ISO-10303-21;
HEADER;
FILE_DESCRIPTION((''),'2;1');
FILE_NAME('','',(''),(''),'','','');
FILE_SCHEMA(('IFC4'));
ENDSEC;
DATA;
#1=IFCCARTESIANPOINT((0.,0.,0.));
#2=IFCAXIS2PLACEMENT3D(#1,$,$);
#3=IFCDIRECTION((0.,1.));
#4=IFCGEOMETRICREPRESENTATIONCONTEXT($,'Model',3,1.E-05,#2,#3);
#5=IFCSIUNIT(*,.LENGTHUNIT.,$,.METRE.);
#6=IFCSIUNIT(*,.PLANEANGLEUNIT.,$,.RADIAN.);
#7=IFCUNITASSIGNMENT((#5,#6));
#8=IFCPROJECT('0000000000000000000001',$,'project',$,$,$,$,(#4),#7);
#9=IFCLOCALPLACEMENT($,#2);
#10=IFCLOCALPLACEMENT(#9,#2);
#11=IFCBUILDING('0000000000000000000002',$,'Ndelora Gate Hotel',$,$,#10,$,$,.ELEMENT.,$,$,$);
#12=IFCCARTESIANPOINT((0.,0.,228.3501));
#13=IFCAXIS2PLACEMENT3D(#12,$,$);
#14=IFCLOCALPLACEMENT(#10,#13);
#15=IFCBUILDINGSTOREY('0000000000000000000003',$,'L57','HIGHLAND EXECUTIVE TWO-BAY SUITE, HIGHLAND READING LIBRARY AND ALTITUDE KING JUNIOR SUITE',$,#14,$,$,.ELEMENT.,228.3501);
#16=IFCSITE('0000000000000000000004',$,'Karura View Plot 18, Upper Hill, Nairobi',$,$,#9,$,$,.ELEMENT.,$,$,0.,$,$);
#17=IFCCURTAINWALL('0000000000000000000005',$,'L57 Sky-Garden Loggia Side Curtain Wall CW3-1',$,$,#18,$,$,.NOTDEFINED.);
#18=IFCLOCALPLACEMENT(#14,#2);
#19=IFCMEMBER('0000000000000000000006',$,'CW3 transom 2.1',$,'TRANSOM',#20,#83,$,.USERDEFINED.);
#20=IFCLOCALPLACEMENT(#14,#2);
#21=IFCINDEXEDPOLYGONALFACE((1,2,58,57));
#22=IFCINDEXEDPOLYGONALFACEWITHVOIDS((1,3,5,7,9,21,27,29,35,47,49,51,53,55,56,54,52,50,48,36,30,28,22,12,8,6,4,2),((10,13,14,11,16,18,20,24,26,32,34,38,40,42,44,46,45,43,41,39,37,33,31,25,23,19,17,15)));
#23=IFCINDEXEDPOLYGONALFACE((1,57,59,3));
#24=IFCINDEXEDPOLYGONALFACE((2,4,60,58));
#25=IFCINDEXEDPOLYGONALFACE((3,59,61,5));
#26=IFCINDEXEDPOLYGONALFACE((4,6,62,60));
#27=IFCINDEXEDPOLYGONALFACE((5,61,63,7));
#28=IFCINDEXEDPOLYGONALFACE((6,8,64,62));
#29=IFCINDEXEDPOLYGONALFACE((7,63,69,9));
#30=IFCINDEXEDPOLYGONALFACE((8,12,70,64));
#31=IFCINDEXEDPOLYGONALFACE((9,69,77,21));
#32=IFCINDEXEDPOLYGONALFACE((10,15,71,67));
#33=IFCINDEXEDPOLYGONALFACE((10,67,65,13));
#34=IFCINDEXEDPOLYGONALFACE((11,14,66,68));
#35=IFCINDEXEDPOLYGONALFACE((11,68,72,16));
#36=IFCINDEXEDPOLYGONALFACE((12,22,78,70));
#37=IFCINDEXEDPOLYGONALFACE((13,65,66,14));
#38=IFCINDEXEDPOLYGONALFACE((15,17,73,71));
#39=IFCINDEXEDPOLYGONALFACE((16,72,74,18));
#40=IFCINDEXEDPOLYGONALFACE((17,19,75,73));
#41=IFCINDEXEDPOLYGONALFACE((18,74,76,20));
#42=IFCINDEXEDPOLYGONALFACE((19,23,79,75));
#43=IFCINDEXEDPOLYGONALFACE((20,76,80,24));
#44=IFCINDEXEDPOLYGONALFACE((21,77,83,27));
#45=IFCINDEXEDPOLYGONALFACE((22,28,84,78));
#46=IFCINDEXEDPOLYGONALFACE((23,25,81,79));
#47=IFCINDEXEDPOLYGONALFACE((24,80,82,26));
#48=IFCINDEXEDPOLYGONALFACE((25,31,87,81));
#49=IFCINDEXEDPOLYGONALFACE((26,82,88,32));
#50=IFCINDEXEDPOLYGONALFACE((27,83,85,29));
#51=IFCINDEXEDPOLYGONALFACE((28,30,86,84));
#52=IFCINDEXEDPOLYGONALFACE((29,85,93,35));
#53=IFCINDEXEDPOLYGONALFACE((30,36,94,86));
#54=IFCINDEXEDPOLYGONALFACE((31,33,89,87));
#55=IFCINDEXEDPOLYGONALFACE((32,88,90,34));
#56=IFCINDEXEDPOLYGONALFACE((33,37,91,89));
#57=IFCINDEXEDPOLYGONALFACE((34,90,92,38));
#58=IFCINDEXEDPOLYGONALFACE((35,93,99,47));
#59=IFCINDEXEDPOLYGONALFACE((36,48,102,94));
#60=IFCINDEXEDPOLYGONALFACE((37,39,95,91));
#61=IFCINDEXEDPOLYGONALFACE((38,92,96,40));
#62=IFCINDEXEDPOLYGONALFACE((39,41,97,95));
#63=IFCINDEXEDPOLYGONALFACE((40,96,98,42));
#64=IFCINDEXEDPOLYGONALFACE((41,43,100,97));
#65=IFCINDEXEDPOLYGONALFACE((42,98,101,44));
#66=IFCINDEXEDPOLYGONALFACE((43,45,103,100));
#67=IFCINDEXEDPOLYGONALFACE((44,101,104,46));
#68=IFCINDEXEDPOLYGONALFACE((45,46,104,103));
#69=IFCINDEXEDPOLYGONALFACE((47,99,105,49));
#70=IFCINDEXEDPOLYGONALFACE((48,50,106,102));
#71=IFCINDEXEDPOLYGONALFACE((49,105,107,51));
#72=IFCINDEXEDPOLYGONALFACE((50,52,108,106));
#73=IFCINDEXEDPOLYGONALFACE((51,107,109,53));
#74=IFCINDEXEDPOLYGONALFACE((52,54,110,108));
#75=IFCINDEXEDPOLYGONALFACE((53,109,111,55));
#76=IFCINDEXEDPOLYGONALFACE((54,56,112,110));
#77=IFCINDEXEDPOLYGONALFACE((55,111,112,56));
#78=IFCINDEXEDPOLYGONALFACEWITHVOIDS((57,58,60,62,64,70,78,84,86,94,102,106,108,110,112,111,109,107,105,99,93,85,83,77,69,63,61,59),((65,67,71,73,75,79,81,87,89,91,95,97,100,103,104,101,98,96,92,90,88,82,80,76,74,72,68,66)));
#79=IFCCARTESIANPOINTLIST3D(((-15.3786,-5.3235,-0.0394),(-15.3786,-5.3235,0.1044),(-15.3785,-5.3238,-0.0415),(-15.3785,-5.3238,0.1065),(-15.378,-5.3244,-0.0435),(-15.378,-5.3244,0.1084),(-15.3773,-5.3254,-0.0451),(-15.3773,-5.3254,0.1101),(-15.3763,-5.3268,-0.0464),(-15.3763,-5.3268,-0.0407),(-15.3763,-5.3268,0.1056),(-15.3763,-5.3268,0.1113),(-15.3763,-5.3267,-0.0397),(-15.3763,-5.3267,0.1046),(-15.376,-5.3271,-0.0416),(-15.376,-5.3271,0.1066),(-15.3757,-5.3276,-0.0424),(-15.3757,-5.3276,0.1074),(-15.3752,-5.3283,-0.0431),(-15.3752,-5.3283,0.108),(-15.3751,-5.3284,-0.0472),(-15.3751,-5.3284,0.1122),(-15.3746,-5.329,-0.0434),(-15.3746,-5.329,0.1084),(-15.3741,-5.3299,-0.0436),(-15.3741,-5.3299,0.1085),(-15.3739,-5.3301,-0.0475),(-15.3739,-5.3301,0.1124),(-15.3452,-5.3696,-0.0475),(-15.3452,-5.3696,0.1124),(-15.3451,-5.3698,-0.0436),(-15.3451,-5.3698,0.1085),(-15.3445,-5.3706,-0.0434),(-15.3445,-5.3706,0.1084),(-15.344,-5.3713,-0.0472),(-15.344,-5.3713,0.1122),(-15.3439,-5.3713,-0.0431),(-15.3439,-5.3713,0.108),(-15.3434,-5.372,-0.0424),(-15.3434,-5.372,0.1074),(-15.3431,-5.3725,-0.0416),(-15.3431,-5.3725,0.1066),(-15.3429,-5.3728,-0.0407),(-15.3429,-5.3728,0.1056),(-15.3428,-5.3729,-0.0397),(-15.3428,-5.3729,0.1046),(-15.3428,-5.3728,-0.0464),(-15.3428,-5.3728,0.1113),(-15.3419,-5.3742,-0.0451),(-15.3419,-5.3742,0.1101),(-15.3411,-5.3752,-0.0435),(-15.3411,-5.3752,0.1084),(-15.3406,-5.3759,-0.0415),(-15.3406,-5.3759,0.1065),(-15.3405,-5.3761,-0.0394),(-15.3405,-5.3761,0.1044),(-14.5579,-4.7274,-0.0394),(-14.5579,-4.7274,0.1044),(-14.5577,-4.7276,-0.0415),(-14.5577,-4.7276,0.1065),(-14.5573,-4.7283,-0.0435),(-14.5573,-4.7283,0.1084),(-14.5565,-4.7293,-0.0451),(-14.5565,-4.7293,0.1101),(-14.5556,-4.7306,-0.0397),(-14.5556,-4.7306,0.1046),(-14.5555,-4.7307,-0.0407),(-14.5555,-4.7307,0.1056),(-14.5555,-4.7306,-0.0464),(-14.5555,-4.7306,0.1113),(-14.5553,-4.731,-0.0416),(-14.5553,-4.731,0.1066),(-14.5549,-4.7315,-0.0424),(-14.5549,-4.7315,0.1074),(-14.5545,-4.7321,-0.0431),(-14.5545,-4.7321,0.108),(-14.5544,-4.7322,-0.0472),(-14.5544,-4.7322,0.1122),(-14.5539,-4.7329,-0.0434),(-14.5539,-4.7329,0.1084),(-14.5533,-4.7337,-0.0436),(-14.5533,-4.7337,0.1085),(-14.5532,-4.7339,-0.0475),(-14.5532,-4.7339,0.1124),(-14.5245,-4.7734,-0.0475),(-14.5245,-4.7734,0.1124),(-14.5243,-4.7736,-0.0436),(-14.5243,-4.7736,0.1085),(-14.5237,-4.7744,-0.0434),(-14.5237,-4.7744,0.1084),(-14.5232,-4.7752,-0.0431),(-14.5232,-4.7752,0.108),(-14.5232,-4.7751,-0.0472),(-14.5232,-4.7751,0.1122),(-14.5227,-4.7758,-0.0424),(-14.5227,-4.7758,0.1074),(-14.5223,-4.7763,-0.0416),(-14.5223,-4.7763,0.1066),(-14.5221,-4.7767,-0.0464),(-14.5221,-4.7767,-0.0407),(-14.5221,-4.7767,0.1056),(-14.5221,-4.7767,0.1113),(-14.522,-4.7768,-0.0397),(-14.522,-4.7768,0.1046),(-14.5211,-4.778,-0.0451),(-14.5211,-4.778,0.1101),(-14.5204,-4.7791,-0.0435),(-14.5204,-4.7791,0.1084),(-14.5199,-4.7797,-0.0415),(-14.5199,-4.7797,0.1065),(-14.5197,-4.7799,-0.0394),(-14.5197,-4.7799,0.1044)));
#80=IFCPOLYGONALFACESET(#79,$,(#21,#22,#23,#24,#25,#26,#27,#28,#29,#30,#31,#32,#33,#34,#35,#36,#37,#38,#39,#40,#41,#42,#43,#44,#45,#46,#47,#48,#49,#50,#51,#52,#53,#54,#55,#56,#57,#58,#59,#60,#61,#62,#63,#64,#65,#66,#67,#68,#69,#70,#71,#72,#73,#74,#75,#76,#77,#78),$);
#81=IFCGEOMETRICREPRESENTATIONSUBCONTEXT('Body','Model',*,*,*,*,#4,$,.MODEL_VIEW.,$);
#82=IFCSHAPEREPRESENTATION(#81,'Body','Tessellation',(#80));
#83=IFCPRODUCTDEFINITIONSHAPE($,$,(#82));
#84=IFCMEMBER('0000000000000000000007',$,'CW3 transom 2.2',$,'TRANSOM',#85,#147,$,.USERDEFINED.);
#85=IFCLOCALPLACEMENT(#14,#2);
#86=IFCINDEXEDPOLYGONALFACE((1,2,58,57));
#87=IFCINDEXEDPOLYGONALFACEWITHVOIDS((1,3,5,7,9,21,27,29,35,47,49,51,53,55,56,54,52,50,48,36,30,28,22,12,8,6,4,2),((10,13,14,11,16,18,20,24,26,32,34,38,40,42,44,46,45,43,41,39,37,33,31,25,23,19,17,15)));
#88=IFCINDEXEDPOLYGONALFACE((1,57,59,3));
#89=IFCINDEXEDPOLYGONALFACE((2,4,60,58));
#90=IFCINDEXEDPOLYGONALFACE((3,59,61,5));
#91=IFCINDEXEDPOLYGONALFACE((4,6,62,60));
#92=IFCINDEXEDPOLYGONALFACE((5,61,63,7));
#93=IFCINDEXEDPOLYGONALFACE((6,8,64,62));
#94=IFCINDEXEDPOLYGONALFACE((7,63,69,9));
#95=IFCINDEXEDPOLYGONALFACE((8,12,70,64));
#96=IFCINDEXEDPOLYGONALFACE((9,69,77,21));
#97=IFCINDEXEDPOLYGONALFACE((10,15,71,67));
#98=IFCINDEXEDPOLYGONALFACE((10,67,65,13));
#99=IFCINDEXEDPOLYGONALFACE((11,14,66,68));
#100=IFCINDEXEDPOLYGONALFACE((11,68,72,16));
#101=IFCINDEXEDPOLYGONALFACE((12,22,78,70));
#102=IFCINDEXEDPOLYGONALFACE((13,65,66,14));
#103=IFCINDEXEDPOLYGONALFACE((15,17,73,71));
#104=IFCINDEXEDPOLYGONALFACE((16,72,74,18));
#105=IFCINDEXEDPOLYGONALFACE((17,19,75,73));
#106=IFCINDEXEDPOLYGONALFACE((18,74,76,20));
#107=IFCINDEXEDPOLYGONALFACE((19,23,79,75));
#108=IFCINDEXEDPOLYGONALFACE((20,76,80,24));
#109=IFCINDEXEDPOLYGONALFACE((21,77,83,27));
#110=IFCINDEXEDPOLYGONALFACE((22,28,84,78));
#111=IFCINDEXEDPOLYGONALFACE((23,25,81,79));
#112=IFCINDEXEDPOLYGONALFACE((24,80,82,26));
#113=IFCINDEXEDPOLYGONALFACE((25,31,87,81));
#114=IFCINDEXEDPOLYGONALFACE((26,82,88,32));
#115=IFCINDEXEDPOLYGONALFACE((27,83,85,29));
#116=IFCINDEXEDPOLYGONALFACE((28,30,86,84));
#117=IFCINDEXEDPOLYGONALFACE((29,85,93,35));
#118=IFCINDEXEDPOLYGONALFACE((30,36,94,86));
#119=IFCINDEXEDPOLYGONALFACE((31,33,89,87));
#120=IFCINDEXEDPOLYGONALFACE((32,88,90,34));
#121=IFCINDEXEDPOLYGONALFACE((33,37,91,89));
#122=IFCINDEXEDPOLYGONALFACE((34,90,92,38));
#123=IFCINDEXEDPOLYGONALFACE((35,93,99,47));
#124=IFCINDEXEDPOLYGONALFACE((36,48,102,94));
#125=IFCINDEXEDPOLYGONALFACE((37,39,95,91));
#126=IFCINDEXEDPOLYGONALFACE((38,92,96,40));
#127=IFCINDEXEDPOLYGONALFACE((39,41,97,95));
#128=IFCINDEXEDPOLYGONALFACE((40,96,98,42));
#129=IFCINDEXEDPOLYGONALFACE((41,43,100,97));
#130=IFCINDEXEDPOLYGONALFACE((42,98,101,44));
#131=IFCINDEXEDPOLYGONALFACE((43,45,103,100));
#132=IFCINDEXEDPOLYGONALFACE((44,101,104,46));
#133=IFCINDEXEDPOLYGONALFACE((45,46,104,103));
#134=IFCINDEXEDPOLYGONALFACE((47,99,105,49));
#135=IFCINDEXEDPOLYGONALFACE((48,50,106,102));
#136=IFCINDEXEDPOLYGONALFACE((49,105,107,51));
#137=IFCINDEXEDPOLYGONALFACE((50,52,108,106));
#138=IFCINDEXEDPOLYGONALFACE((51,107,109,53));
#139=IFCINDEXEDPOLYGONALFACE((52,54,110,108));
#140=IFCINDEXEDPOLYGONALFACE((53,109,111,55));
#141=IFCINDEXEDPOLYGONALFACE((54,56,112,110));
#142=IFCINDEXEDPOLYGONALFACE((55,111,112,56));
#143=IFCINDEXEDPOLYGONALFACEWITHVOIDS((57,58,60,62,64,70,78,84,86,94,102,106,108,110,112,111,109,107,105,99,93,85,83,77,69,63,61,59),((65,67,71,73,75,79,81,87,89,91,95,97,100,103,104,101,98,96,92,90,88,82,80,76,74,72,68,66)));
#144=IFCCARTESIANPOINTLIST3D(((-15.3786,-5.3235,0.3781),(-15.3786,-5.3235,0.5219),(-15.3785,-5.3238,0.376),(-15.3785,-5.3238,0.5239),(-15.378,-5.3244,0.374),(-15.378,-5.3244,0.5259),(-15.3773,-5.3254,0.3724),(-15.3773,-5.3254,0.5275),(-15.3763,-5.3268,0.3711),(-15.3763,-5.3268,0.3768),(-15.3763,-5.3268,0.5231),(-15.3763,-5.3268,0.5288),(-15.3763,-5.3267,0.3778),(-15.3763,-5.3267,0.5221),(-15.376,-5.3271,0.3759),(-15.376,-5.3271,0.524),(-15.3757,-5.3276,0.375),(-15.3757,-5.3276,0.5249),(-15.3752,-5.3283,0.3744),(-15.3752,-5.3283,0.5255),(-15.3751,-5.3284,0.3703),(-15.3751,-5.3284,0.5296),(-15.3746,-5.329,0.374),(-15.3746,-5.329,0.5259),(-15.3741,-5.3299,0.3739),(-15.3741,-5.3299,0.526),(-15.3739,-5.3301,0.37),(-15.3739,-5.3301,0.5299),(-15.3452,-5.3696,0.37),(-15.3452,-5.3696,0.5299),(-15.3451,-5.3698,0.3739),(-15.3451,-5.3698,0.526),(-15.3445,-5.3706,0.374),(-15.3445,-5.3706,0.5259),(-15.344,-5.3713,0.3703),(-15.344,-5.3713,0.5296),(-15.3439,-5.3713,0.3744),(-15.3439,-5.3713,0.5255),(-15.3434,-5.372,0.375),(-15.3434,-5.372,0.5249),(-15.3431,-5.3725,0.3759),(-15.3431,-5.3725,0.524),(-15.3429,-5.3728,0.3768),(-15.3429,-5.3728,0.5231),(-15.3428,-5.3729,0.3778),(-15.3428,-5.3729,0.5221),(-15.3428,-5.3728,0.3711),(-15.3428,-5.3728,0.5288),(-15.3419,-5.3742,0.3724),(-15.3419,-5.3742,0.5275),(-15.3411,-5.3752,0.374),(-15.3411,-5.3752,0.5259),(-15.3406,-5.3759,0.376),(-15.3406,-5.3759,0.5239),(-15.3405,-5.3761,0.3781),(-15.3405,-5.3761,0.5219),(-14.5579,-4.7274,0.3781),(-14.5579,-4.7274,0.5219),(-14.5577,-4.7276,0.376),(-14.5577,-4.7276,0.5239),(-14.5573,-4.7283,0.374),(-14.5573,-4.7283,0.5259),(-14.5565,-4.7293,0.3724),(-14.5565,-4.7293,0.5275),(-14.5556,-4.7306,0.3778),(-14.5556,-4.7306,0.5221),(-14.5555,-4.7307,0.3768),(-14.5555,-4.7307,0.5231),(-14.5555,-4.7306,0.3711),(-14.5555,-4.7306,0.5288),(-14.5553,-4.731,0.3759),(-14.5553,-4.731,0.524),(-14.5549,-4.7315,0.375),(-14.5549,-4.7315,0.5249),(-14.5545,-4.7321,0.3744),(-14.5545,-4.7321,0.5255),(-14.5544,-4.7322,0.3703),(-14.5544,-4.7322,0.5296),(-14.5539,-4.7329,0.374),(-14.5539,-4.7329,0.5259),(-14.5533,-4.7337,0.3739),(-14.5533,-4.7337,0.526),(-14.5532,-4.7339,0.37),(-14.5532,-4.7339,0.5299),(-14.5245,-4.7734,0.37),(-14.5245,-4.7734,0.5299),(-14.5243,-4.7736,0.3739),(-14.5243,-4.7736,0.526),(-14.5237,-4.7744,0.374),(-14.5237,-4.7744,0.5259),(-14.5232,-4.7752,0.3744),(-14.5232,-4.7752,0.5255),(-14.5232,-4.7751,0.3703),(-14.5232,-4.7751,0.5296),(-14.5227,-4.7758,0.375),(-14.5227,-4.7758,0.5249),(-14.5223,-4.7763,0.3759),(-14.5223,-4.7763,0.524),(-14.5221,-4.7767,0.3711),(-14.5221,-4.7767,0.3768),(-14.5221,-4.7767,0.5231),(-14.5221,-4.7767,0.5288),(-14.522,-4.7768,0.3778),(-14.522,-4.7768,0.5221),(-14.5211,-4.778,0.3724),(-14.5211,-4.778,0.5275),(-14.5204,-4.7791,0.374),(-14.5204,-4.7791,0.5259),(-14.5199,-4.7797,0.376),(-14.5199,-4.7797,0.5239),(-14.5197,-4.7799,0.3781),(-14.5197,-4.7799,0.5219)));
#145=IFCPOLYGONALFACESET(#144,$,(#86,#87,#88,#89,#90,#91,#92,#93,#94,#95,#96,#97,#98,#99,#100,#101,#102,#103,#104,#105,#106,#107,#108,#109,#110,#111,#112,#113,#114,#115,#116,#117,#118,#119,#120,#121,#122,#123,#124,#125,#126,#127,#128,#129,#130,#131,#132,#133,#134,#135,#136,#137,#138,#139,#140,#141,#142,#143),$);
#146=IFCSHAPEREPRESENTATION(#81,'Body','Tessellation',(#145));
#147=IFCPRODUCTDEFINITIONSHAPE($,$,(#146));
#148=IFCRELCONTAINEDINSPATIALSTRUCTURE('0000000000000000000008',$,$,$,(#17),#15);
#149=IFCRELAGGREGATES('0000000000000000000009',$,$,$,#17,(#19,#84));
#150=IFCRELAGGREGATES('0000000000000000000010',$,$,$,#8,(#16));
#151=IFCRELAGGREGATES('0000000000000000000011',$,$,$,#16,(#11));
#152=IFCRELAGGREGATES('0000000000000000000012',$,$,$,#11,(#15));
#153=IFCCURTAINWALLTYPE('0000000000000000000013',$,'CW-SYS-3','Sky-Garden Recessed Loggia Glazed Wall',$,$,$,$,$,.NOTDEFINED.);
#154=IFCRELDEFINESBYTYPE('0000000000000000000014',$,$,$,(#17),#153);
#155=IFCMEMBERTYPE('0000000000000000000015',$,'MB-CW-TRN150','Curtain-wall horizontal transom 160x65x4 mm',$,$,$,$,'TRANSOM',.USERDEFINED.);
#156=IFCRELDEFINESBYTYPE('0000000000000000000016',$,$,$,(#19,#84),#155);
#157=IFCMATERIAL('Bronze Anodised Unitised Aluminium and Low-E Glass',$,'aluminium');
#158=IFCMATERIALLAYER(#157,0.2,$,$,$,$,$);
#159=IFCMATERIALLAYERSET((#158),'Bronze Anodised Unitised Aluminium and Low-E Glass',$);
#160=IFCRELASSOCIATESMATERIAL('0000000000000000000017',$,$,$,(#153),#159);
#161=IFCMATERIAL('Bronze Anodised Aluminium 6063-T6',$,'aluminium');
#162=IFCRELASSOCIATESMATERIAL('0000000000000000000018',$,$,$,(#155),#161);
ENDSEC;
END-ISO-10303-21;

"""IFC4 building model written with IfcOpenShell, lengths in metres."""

from ifc_helpers import new_model, si_unit, direction, frame, origin, origin_2d, place, context, subcontext, project, spatial, hollow_rectangle, extrude, material, layer, layer_set, material_profile, profile_set, type_object, element, aggregate, save


model = new_model("IFC4")

# Units and contexts
model_context = context("Model", 3, precision=1e-05, world=origin(), true_north=direction((0.0, 1.0)))
body_context = subcontext(model_context, "Body", "Model", "MODEL_VIEW")
ifc_project = project(units=[si_unit("LENGTHUNIT", "METRE"), si_unit("PLANEANGLEUNIT", "RADIAN")], contexts=[model_context])

# Site, building, storey
site_placement = place(None, origin())
site = spatial("IfcSite", under=ifc_project, at=site_placement, Name="Karura View Plot 18, Upper Hill, Nairobi", CompositionType="ELEMENT", RefElevation=0.0)
building_placement = place(site_placement, origin())
building = spatial("IfcBuilding", under=site, at=building_placement, Name="Ndelora Gate Hotel", CompositionType="ELEMENT")
storey_placement = place(building_placement, frame((0.0, 0.0, 228.3501)))
storey = spatial("IfcBuildingStorey", under=building, at=storey_placement, Name="L57", Description="HIGHLAND EXECUTIVE TWO-BAY SUITE, HIGHLAND READING LIBRARY AND ALTITUDE KING JUNIOR SUITE", CompositionType="ELEMENT", Elevation=228.3501)

# Curtain wall, members
ifc_material_1 = material(Name="Bronze Anodised Unitised Aluminium and Low-E Glass", Category="aluminium")
ifc_layer_1 = layer(ifc_material_1, 0.2)
ifc_layer_set_1 = layer_set([ifc_layer_1], Name="Bronze Anodised Unitised Aluminium and Low-E Glass")
curtain_wall_type = type_object("IfcCurtainWallType", Name="CW-SYS-3", Description="Sky-Garden Recessed Loggia Glazed Wall", PredefinedType="NOTDEFINED", material=ifc_layer_set_1)
curtain_wall_placement = place(storey_placement, origin())
curtain_wall = element("IfcCurtainWall", 1, at=curtain_wall_placement, inside=storey, type_object=curtain_wall_type, Name="L57 Sky-Garden Loggia Side Curtain Wall CW3-1", PredefinedType="NOTDEFINED")
ifc_material_2 = material(Name="Bronze Anodised Aluminium 6063-T6", Category="aluminium")
ifc_material_profile_1 = material_profile(ifc_material_2, hollow_rectangle(XDim=0.0649, YDim=0.1599, WallThickness=0.0039, InnerFilletRadius=0.0039, OuterFilletRadius=0.0081, at=origin_2d()), Name="ALU 160x65x4")
ifc_profile_set_1 = profile_set([ifc_material_profile_1], Name="Bronze Anodised Aluminium 6063-T6")
member_type_1 = type_object("IfcMemberType", Name="MB-CW-TRN150", Description="Curtain-wall horizontal transom 160x65x4 mm", ElementType="TRANSOM", PredefinedType="USERDEFINED", material=ifc_profile_set_1)
member_1_placement = place(storey_placement, frame((-14.5388, -4.7537, 0.0325), z_axis=(-0.80909, -0.587685, 0.0), x_axis=(0.587685, -0.80909, 0.0)))
member_1 = element("IfcMember", 2, at=member_1_placement, type_object=member_type_1, Name="CW3 transom 2.1", ObjectType="TRANSOM", PredefinedType="USERDEFINED", context=body_context, shape_type="SweptSolid", body=[
    extrude(hollow_rectangle(XDim=0.0649, YDim=0.1599, WallThickness=0.0039, InnerFilletRadius=0.0039, OuterFilletRadius=0.0081, at=origin_2d()), origin(), (0.0, 0.0, 1.0), 1.0144),
])
member_2_placement = place(storey_placement, frame((-14.5388, -4.7537, 0.45), z_axis=(-0.80909, -0.587685, 0.0), x_axis=(0.587685, -0.80909, 0.0)))
member_2 = element("IfcMember", 3, at=member_2_placement, type_object=member_type_1, Name="CW3 transom 2.2", ObjectType="TRANSOM", PredefinedType="USERDEFINED", context=body_context, shape_type="SweptSolid", body=[
    extrude(hollow_rectangle(XDim=0.0649, YDim=0.1599, WallThickness=0.0039, InnerFilletRadius=0.0039, OuterFilletRadius=0.0081, at=origin_2d()), origin(), (0.0, 0.0, 1.0), 1.0144),
])
aggregate(curtain_wall, [member_1, member_2])

save(model, "model.ifc")
